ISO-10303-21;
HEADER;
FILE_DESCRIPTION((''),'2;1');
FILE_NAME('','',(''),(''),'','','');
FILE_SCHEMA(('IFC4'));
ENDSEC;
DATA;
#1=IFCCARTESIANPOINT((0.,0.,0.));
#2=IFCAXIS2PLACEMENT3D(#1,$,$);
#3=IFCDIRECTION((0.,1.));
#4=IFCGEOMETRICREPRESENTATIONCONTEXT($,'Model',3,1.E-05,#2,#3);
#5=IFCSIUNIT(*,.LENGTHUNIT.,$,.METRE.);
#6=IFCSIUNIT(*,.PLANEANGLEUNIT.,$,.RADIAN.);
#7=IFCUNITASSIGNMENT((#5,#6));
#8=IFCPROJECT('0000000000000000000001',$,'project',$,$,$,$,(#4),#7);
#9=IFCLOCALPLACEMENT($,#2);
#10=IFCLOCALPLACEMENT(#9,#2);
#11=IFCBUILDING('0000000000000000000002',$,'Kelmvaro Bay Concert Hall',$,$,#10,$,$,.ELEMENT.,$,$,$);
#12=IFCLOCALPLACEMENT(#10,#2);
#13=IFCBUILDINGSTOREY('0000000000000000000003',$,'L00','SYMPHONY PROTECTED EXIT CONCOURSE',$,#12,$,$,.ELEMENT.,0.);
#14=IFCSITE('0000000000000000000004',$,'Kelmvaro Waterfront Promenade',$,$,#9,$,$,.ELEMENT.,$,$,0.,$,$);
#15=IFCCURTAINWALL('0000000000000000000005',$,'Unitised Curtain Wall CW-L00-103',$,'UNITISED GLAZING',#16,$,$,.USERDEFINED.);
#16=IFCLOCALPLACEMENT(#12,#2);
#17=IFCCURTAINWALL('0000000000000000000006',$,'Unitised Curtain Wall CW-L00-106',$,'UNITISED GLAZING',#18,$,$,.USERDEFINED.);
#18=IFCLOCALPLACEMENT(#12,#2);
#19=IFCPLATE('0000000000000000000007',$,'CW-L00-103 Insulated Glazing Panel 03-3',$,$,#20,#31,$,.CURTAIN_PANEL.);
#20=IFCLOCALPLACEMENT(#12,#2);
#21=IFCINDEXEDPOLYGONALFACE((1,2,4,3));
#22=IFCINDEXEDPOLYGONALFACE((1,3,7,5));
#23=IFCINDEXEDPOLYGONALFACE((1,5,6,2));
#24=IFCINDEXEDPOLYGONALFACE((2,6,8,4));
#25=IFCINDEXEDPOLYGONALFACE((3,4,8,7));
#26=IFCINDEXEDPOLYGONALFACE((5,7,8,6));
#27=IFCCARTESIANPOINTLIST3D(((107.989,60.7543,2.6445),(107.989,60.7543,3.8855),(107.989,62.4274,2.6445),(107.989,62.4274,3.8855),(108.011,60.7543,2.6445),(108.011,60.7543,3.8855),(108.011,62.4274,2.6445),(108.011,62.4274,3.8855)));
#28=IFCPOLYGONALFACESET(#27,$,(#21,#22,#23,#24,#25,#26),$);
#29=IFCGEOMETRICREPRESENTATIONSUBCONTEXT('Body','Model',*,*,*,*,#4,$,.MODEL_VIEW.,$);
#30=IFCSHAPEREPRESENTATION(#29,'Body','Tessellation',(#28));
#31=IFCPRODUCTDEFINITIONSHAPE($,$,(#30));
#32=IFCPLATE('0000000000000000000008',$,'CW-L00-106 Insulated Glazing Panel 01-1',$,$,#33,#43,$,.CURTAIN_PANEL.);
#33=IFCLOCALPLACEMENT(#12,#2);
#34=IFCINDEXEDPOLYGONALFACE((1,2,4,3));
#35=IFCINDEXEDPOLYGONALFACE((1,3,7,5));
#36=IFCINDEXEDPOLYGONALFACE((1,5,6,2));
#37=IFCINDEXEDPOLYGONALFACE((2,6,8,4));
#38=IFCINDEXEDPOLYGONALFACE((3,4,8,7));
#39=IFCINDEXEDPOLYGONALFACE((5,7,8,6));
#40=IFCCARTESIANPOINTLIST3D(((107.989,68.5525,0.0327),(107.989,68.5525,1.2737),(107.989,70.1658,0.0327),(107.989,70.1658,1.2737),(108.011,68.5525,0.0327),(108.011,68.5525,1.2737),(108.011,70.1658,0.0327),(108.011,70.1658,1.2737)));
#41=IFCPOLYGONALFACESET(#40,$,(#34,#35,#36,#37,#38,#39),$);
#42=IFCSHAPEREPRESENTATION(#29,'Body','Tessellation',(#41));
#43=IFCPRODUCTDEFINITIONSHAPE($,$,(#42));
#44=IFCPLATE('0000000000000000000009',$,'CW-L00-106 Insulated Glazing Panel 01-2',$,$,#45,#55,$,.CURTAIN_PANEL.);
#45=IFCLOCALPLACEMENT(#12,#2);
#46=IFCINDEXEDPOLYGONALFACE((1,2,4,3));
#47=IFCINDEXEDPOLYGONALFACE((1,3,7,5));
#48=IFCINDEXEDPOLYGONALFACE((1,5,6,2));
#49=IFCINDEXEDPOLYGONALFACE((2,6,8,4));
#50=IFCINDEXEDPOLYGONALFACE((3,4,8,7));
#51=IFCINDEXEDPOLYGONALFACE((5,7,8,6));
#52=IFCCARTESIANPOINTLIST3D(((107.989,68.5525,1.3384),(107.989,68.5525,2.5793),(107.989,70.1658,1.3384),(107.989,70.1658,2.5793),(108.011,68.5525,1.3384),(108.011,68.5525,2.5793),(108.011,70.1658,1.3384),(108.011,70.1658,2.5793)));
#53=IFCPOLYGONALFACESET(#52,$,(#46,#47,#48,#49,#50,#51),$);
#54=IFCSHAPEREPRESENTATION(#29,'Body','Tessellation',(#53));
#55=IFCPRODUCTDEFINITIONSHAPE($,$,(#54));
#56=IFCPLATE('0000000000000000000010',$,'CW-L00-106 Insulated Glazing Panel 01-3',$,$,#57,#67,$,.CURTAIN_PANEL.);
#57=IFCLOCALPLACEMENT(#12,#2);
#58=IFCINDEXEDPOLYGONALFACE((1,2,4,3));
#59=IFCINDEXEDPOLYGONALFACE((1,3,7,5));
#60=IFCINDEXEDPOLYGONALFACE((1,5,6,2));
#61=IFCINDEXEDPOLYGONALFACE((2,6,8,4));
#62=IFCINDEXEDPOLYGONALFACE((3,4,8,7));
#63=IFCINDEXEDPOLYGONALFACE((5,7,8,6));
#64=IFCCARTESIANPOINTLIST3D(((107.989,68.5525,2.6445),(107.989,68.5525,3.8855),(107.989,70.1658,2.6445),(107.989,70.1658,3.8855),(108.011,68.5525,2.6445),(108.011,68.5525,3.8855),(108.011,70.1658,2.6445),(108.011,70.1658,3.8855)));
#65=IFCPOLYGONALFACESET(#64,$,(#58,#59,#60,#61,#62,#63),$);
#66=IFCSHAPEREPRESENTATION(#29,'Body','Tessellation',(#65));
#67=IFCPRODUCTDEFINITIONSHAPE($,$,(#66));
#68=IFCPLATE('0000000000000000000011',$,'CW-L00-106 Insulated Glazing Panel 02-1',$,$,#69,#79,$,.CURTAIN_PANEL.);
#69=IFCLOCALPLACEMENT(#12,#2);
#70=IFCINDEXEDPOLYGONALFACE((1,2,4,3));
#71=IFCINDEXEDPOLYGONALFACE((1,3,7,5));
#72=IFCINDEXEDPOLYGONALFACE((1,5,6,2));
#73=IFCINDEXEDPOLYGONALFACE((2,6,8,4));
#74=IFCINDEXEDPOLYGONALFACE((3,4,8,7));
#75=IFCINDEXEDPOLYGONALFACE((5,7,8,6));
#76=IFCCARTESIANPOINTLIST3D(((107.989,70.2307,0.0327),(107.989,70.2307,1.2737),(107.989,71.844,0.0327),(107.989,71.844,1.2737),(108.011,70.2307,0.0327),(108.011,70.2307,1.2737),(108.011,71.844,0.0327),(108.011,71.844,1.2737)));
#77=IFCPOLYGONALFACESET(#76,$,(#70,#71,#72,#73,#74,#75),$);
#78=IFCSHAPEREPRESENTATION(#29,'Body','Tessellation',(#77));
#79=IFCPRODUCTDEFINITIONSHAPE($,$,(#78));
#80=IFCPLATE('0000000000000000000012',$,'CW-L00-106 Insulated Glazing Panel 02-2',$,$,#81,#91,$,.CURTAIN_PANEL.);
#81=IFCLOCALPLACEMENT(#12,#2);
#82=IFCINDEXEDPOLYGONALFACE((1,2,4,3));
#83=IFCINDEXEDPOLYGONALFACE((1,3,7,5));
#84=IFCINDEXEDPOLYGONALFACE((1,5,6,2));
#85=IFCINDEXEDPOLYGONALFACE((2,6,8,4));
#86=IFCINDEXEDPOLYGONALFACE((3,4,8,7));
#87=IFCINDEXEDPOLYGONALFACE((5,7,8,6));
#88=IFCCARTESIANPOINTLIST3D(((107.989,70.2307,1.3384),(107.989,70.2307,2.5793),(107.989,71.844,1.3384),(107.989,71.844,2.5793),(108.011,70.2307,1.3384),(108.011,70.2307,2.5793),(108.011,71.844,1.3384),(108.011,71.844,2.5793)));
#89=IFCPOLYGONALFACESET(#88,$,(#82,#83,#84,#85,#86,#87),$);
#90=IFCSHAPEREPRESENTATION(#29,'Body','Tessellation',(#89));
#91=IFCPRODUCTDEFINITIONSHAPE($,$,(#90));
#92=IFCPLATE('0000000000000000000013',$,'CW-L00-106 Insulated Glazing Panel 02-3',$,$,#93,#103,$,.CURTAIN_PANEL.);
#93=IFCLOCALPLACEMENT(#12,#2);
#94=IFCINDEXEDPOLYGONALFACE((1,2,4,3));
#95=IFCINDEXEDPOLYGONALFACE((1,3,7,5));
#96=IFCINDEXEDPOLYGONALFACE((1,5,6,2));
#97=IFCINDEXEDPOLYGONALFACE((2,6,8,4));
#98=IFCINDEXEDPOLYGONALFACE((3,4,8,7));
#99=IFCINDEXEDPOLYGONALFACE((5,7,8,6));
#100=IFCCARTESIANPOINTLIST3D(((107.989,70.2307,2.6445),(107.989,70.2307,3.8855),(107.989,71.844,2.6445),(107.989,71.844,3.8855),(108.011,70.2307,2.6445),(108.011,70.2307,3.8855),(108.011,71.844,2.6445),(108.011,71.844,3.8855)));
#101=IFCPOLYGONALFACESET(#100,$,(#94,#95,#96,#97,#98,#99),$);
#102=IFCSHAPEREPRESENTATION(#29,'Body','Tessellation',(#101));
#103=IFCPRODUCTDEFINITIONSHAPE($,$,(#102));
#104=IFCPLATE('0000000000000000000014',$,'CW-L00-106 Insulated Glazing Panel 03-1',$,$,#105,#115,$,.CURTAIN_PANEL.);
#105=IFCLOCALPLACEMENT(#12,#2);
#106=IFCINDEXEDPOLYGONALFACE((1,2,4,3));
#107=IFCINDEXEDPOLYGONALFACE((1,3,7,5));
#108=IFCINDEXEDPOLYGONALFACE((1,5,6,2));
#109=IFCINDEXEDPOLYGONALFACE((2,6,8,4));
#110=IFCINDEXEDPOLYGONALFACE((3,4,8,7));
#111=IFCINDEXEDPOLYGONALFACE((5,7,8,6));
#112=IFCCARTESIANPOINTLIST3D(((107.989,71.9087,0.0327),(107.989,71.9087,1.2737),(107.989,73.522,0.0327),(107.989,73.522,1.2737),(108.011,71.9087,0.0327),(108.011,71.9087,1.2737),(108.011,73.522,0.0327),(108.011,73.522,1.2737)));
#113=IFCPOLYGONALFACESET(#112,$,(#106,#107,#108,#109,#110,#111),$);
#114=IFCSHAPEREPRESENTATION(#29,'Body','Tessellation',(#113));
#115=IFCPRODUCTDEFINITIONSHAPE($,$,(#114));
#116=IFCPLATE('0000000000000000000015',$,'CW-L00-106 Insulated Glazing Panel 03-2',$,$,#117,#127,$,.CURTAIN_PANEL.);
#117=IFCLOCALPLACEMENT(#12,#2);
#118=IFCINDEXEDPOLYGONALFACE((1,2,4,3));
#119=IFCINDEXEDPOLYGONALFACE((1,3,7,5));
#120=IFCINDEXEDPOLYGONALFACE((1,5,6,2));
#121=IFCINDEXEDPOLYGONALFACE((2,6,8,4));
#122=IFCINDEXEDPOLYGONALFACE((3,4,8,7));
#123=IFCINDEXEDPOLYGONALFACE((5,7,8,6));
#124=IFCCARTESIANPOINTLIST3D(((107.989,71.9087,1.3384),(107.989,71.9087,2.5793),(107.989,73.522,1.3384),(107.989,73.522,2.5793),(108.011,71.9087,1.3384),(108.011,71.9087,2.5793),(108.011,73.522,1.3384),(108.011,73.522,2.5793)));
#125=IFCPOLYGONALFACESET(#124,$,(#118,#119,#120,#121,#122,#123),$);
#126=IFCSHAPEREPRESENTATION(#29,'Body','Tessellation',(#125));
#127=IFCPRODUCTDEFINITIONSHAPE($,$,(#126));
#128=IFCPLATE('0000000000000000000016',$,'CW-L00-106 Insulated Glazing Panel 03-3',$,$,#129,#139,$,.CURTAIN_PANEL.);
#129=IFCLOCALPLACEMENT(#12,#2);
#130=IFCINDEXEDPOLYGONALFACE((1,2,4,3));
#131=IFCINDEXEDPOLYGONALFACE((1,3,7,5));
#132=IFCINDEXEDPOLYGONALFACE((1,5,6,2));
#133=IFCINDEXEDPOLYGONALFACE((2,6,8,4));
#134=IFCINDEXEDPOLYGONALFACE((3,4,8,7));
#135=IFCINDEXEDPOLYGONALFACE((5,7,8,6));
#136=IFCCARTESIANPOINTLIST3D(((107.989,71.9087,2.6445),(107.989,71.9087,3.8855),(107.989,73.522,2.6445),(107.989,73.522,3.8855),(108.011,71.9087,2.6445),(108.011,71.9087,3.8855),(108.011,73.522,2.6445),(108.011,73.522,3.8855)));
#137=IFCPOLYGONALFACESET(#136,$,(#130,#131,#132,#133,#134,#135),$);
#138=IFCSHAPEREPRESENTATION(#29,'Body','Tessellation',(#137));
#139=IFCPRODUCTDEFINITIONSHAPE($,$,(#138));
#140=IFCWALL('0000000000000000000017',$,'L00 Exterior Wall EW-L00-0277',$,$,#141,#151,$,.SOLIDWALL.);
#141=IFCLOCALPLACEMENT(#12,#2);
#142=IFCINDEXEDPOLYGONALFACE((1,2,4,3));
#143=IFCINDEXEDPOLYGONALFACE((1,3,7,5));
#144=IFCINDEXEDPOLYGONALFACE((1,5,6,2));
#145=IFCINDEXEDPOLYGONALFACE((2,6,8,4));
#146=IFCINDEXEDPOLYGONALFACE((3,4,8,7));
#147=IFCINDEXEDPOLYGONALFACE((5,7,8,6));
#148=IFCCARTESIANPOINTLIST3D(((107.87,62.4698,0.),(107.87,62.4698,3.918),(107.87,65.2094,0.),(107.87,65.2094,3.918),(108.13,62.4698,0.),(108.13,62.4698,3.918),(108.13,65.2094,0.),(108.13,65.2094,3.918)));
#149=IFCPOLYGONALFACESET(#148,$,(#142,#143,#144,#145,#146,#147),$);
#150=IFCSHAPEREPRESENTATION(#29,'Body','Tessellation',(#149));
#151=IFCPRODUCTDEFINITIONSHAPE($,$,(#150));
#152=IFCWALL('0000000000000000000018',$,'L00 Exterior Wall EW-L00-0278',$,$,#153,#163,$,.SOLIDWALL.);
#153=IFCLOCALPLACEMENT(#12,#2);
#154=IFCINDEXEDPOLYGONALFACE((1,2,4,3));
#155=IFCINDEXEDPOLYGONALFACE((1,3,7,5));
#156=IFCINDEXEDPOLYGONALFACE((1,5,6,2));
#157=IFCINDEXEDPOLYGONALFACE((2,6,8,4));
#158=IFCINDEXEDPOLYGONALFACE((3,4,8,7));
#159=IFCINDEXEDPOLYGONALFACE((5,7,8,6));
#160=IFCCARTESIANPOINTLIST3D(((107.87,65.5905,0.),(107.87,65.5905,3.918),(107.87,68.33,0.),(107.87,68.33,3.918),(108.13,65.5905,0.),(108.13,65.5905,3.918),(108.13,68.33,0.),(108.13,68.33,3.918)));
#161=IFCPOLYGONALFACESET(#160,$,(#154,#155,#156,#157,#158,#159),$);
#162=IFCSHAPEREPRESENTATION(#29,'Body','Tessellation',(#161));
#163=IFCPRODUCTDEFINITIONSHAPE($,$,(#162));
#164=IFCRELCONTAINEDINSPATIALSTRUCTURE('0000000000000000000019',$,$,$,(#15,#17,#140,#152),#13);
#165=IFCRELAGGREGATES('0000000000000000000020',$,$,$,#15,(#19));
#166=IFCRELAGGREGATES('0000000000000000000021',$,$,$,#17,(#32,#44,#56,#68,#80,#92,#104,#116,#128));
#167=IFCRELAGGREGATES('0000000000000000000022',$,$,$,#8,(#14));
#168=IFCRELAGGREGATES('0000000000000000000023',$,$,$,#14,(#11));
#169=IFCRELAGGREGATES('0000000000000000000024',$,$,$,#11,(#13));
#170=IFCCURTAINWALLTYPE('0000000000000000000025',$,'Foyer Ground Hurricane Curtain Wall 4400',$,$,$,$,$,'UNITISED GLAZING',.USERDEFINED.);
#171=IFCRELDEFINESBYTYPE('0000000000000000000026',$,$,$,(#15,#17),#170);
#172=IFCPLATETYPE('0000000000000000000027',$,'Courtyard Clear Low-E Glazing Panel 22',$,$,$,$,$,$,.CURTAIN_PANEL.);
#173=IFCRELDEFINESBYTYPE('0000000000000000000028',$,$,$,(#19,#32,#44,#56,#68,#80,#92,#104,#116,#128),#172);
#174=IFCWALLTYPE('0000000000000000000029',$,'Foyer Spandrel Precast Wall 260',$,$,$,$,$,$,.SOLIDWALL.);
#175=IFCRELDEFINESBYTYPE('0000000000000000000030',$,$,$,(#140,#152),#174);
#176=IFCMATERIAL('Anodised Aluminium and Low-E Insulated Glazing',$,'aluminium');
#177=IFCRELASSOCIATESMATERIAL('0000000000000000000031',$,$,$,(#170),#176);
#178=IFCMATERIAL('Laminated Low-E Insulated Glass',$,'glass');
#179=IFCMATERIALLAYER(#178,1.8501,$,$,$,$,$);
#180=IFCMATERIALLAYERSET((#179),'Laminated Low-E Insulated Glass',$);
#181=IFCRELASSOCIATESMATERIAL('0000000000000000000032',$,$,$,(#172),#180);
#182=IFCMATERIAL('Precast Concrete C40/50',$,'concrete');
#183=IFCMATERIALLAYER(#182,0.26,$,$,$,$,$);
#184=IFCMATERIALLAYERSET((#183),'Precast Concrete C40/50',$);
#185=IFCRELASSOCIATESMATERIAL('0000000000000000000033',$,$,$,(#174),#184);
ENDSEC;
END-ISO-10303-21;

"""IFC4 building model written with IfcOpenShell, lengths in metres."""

from ifc_helpers import new_model, si_unit, direction, frame, frame_2d, origin, origin_2d, place, context, subcontext, project, spatial, rectangle, extrude, material, layer, layer_set, type_object, element, aggregate, save


model = new_model("IFC4")

# Units and contexts
model_context = context("Model", 3, precision=1e-05, world=origin(), true_north=direction((0.0, 1.0)))
body_context = subcontext(model_context, "Body", "Model", "MODEL_VIEW")
ifc_project = project(units=[si_unit("LENGTHUNIT", "METRE"), si_unit("PLANEANGLEUNIT", "RADIAN")], contexts=[model_context])

# Site, building, storey
site_placement = place(None, origin())
site = spatial("IfcSite", under=ifc_project, at=site_placement, Name="Kelmvaro Waterfront Promenade", CompositionType="ELEMENT", RefElevation=0.0)
building_placement = place(site_placement, origin())
building = spatial("IfcBuilding", under=site, at=building_placement, Name="Kelmvaro Bay Concert Hall", CompositionType="ELEMENT")
storey_placement = place(building_placement, origin())
storey = spatial("IfcBuildingStorey", under=building, at=storey_placement, Name="L00", Description="SYMPHONY PROTECTED EXIT CONCOURSE", CompositionType="ELEMENT", Elevation=0.0)

# Curtain walls
ifc_material_1 = material(Name="Anodised Aluminium and Low-E Insulated Glazing", Category="aluminium")
curtain_wall_type = type_object("IfcCurtainWallType", Name="Foyer Ground Hurricane Curtain Wall 4400", ElementType="UNITISED GLAZING", PredefinedType="USERDEFINED", material=ifc_material_1)
curtain_wall_1_placement = place(storey_placement, origin())
curtain_wall_1 = element("IfcCurtainWall", 1, at=curtain_wall_1_placement, inside=storey, type_object=curtain_wall_type, Name="Unitised Curtain Wall CW-L00-103", ObjectType="UNITISED GLAZING", PredefinedType="USERDEFINED")
curtain_wall_2_placement = place(storey_placement, origin())
curtain_wall_2 = element("IfcCurtainWall", 2, at=curtain_wall_2_placement, inside=storey, type_object=curtain_wall_type, Name="Unitised Curtain Wall CW-L00-106", ObjectType="UNITISED GLAZING", PredefinedType="USERDEFINED")

# Plates
ifc_material_2 = material(Name="Laminated Low-E Insulated Glass", Category="glass")
ifc_layer_1 = layer(ifc_material_2, 1.8501)
ifc_layer_set_1 = layer_set([ifc_layer_1], Name="Laminated Low-E Insulated Glass")
plate_type = type_object("IfcPlateType", Name="Courtyard Clear Low-E Glazing Panel 22", PredefinedType="CURTAIN_PANEL", material=ifc_layer_set_1)
plate_1_placement = place(storey_placement, frame((108.0, 61.5908, 2.6445), z_axis=(0.0, 0.0, 1.0), x_axis=(0.0, 1.0, 0.0)))
plate_1 = element("IfcPlate", 3, at=plate_1_placement, type_object=plate_type, Name="CW-L00-103 Insulated Glazing Panel 03-3", PredefinedType="CURTAIN_PANEL", context=body_context, shape_type="SweptSolid", body=[
    extrude(rectangle(XDim=1.6731, YDim=0.022, at=origin_2d()), origin(), (0.0, 0.0, 1.0), 1.241),
])
aggregate(curtain_wall_1, [plate_1])
plate_2_placement = place(storey_placement, frame((108.0, 69.3591, 0.0327), z_axis=(0.0, 0.0, 1.0), x_axis=(0.0, 1.0, 0.0)))
plate_2 = element("IfcPlate", 4, at=plate_2_placement, type_object=plate_type, Name="CW-L00-106 Insulated Glazing Panel 01-1", PredefinedType="CURTAIN_PANEL", context=body_context, shape_type="SweptSolid", body=[
    extrude(rectangle(XDim=1.6133, YDim=0.022, at=origin_2d()), origin(), (0.0, 0.0, 1.0), 1.241),
])
plate_3_placement = place(storey_placement, frame((108.0, 69.3591, 1.3384), z_axis=(0.0, 0.0, 1.0), x_axis=(0.0, 1.0, 0.0)))
plate_3 = element("IfcPlate", 5, at=plate_3_placement, type_object=plate_type, Name="CW-L00-106 Insulated Glazing Panel 01-2", PredefinedType="CURTAIN_PANEL", context=body_context, shape_type="SweptSolid", body=[
    extrude(rectangle(XDim=1.6133, YDim=0.022, at=origin_2d()), origin(), (0.0, 0.0, 1.0), 1.241),
])
plate_4_placement = place(storey_placement, frame((108.0, 69.3591, 2.6445), z_axis=(0.0, 0.0, 1.0), x_axis=(0.0, 1.0, 0.0)))
plate_4 = element("IfcPlate", 6, at=plate_4_placement, type_object=plate_type, Name="CW-L00-106 Insulated Glazing Panel 01-3", PredefinedType="CURTAIN_PANEL", context=body_context, shape_type="SweptSolid", body=[
    extrude(rectangle(XDim=1.6133, YDim=0.022, at=origin_2d()), origin(), (0.0, 0.0, 1.0), 1.241),
])
plate_5_placement = place(storey_placement, frame((108.0, 71.0374, 0.0327), z_axis=(0.0, 0.0, 1.0), x_axis=(0.0, 1.0, 0.0)))
plate_5 = element("IfcPlate", 7, at=plate_5_placement, type_object=plate_type, Name="CW-L00-106 Insulated Glazing Panel 02-1", PredefinedType="CURTAIN_PANEL", context=body_context, shape_type="SweptSolid", body=[
    extrude(rectangle(XDim=1.6133, YDim=0.022, at=origin_2d()), origin(), (0.0, 0.0, 1.0), 1.241),
])
plate_6_placement = place(storey_placement, frame((108.0, 71.0374, 1.3384), z_axis=(0.0, 0.0, 1.0), x_axis=(0.0, 1.0, 0.0)))
plate_6 = element("IfcPlate", 8, at=plate_6_placement, type_object=plate_type, Name="CW-L00-106 Insulated Glazing Panel 02-2", PredefinedType="CURTAIN_PANEL", context=body_context, shape_type="SweptSolid", body=[
    extrude(rectangle(XDim=1.6133, YDim=0.022, at=origin_2d()), origin(), (0.0, 0.0, 1.0), 1.241),
])
plate_7_placement = place(storey_placement, frame((108.0, 71.0374, 2.6445), z_axis=(0.0, 0.0, 1.0), x_axis=(0.0, 1.0, 0.0)))
plate_7 = element("IfcPlate", 9, at=plate_7_placement, type_object=plate_type, Name="CW-L00-106 Insulated Glazing Panel 02-3", PredefinedType="CURTAIN_PANEL", context=body_context, shape_type="SweptSolid", body=[
    extrude(rectangle(XDim=1.6133, YDim=0.022, at=origin_2d()), origin(), (0.0, 0.0, 1.0), 1.241),
])
plate_8_placement = place(storey_placement, frame((108.0, 72.7153, 0.0327), z_axis=(0.0, 0.0, 1.0), x_axis=(0.0, 1.0, 0.0)))
plate_8 = element("IfcPlate", 10, at=plate_8_placement, type_object=plate_type, Name="CW-L00-106 Insulated Glazing Panel 03-1", PredefinedType="CURTAIN_PANEL", context=body_context, shape_type="SweptSolid", body=[
    extrude(rectangle(XDim=1.6133, YDim=0.022, at=origin_2d()), origin(), (0.0, 0.0, 1.0), 1.241),
])
plate_9_placement = place(storey_placement, frame((108.0, 72.7153, 1.3384), z_axis=(0.0, 0.0, 1.0), x_axis=(0.0, 1.0, 0.0)))
plate_9 = element("IfcPlate", 11, at=plate_9_placement, type_object=plate_type, Name="CW-L00-106 Insulated Glazing Panel 03-2", PredefinedType="CURTAIN_PANEL", context=body_context, shape_type="SweptSolid", body=[
    extrude(rectangle(XDim=1.6133, YDim=0.022, at=origin_2d()), origin(), (0.0, 0.0, 1.0), 1.241),
])
plate_10_placement = place(storey_placement, frame((108.0, 72.7153, 2.6445), z_axis=(0.0, 0.0, 1.0), x_axis=(0.0, 1.0, 0.0)))
plate_10 = element("IfcPlate", 12, at=plate_10_placement, type_object=plate_type, Name="CW-L00-106 Insulated Glazing Panel 03-3", PredefinedType="CURTAIN_PANEL", context=body_context, shape_type="SweptSolid", body=[
    extrude(rectangle(XDim=1.6133, YDim=0.022, at=origin_2d()), origin(), (0.0, 0.0, 1.0), 1.241),
])
aggregate(curtain_wall_2, [plate_2, plate_3, plate_4, plate_5, plate_6, plate_7, plate_8, plate_9, plate_10])

# Walls
ifc_material_3 = material(Name="Precast Concrete C40/50", Category="concrete")
ifc_layer_2 = layer(ifc_material_3, 0.26)
ifc_layer_set_2 = layer_set([ifc_layer_2], Name="Precast Concrete C40/50")
wall_type = type_object("IfcWallType", Name="Foyer Spandrel Precast Wall 260", PredefinedType="SOLIDWALL", material=ifc_layer_set_2)
for number, where, z_axis, x_axis, name in (
    (13, (108.0, 62.47, 0.0), (0.0, 0.0, 1.0), (0.0, 1.0, 0.0), "L00 Exterior Wall EW-L00-0277"),
    (14, (108.0, 65.5906, 0.0), (0.0, 0.0, 1.0), (0.0, 1.0, 0.0), "L00 Exterior Wall EW-L00-0278"),
):
    element("IfcWall", number, at=place(storey_placement, frame(where, z_axis=z_axis, x_axis=x_axis)), inside=storey, type_object=wall_type, Name=name, PredefinedType="SOLIDWALL", context=body_context, shape_type="SweptSolid", body=[
        extrude(rectangle(XDim=2.7395, YDim=0.26, at=frame_2d((1.3696, 0.0))), origin(), (0.0, 0.0, 1.0), 3.918),
    ])

save(model, "model.ifc")
